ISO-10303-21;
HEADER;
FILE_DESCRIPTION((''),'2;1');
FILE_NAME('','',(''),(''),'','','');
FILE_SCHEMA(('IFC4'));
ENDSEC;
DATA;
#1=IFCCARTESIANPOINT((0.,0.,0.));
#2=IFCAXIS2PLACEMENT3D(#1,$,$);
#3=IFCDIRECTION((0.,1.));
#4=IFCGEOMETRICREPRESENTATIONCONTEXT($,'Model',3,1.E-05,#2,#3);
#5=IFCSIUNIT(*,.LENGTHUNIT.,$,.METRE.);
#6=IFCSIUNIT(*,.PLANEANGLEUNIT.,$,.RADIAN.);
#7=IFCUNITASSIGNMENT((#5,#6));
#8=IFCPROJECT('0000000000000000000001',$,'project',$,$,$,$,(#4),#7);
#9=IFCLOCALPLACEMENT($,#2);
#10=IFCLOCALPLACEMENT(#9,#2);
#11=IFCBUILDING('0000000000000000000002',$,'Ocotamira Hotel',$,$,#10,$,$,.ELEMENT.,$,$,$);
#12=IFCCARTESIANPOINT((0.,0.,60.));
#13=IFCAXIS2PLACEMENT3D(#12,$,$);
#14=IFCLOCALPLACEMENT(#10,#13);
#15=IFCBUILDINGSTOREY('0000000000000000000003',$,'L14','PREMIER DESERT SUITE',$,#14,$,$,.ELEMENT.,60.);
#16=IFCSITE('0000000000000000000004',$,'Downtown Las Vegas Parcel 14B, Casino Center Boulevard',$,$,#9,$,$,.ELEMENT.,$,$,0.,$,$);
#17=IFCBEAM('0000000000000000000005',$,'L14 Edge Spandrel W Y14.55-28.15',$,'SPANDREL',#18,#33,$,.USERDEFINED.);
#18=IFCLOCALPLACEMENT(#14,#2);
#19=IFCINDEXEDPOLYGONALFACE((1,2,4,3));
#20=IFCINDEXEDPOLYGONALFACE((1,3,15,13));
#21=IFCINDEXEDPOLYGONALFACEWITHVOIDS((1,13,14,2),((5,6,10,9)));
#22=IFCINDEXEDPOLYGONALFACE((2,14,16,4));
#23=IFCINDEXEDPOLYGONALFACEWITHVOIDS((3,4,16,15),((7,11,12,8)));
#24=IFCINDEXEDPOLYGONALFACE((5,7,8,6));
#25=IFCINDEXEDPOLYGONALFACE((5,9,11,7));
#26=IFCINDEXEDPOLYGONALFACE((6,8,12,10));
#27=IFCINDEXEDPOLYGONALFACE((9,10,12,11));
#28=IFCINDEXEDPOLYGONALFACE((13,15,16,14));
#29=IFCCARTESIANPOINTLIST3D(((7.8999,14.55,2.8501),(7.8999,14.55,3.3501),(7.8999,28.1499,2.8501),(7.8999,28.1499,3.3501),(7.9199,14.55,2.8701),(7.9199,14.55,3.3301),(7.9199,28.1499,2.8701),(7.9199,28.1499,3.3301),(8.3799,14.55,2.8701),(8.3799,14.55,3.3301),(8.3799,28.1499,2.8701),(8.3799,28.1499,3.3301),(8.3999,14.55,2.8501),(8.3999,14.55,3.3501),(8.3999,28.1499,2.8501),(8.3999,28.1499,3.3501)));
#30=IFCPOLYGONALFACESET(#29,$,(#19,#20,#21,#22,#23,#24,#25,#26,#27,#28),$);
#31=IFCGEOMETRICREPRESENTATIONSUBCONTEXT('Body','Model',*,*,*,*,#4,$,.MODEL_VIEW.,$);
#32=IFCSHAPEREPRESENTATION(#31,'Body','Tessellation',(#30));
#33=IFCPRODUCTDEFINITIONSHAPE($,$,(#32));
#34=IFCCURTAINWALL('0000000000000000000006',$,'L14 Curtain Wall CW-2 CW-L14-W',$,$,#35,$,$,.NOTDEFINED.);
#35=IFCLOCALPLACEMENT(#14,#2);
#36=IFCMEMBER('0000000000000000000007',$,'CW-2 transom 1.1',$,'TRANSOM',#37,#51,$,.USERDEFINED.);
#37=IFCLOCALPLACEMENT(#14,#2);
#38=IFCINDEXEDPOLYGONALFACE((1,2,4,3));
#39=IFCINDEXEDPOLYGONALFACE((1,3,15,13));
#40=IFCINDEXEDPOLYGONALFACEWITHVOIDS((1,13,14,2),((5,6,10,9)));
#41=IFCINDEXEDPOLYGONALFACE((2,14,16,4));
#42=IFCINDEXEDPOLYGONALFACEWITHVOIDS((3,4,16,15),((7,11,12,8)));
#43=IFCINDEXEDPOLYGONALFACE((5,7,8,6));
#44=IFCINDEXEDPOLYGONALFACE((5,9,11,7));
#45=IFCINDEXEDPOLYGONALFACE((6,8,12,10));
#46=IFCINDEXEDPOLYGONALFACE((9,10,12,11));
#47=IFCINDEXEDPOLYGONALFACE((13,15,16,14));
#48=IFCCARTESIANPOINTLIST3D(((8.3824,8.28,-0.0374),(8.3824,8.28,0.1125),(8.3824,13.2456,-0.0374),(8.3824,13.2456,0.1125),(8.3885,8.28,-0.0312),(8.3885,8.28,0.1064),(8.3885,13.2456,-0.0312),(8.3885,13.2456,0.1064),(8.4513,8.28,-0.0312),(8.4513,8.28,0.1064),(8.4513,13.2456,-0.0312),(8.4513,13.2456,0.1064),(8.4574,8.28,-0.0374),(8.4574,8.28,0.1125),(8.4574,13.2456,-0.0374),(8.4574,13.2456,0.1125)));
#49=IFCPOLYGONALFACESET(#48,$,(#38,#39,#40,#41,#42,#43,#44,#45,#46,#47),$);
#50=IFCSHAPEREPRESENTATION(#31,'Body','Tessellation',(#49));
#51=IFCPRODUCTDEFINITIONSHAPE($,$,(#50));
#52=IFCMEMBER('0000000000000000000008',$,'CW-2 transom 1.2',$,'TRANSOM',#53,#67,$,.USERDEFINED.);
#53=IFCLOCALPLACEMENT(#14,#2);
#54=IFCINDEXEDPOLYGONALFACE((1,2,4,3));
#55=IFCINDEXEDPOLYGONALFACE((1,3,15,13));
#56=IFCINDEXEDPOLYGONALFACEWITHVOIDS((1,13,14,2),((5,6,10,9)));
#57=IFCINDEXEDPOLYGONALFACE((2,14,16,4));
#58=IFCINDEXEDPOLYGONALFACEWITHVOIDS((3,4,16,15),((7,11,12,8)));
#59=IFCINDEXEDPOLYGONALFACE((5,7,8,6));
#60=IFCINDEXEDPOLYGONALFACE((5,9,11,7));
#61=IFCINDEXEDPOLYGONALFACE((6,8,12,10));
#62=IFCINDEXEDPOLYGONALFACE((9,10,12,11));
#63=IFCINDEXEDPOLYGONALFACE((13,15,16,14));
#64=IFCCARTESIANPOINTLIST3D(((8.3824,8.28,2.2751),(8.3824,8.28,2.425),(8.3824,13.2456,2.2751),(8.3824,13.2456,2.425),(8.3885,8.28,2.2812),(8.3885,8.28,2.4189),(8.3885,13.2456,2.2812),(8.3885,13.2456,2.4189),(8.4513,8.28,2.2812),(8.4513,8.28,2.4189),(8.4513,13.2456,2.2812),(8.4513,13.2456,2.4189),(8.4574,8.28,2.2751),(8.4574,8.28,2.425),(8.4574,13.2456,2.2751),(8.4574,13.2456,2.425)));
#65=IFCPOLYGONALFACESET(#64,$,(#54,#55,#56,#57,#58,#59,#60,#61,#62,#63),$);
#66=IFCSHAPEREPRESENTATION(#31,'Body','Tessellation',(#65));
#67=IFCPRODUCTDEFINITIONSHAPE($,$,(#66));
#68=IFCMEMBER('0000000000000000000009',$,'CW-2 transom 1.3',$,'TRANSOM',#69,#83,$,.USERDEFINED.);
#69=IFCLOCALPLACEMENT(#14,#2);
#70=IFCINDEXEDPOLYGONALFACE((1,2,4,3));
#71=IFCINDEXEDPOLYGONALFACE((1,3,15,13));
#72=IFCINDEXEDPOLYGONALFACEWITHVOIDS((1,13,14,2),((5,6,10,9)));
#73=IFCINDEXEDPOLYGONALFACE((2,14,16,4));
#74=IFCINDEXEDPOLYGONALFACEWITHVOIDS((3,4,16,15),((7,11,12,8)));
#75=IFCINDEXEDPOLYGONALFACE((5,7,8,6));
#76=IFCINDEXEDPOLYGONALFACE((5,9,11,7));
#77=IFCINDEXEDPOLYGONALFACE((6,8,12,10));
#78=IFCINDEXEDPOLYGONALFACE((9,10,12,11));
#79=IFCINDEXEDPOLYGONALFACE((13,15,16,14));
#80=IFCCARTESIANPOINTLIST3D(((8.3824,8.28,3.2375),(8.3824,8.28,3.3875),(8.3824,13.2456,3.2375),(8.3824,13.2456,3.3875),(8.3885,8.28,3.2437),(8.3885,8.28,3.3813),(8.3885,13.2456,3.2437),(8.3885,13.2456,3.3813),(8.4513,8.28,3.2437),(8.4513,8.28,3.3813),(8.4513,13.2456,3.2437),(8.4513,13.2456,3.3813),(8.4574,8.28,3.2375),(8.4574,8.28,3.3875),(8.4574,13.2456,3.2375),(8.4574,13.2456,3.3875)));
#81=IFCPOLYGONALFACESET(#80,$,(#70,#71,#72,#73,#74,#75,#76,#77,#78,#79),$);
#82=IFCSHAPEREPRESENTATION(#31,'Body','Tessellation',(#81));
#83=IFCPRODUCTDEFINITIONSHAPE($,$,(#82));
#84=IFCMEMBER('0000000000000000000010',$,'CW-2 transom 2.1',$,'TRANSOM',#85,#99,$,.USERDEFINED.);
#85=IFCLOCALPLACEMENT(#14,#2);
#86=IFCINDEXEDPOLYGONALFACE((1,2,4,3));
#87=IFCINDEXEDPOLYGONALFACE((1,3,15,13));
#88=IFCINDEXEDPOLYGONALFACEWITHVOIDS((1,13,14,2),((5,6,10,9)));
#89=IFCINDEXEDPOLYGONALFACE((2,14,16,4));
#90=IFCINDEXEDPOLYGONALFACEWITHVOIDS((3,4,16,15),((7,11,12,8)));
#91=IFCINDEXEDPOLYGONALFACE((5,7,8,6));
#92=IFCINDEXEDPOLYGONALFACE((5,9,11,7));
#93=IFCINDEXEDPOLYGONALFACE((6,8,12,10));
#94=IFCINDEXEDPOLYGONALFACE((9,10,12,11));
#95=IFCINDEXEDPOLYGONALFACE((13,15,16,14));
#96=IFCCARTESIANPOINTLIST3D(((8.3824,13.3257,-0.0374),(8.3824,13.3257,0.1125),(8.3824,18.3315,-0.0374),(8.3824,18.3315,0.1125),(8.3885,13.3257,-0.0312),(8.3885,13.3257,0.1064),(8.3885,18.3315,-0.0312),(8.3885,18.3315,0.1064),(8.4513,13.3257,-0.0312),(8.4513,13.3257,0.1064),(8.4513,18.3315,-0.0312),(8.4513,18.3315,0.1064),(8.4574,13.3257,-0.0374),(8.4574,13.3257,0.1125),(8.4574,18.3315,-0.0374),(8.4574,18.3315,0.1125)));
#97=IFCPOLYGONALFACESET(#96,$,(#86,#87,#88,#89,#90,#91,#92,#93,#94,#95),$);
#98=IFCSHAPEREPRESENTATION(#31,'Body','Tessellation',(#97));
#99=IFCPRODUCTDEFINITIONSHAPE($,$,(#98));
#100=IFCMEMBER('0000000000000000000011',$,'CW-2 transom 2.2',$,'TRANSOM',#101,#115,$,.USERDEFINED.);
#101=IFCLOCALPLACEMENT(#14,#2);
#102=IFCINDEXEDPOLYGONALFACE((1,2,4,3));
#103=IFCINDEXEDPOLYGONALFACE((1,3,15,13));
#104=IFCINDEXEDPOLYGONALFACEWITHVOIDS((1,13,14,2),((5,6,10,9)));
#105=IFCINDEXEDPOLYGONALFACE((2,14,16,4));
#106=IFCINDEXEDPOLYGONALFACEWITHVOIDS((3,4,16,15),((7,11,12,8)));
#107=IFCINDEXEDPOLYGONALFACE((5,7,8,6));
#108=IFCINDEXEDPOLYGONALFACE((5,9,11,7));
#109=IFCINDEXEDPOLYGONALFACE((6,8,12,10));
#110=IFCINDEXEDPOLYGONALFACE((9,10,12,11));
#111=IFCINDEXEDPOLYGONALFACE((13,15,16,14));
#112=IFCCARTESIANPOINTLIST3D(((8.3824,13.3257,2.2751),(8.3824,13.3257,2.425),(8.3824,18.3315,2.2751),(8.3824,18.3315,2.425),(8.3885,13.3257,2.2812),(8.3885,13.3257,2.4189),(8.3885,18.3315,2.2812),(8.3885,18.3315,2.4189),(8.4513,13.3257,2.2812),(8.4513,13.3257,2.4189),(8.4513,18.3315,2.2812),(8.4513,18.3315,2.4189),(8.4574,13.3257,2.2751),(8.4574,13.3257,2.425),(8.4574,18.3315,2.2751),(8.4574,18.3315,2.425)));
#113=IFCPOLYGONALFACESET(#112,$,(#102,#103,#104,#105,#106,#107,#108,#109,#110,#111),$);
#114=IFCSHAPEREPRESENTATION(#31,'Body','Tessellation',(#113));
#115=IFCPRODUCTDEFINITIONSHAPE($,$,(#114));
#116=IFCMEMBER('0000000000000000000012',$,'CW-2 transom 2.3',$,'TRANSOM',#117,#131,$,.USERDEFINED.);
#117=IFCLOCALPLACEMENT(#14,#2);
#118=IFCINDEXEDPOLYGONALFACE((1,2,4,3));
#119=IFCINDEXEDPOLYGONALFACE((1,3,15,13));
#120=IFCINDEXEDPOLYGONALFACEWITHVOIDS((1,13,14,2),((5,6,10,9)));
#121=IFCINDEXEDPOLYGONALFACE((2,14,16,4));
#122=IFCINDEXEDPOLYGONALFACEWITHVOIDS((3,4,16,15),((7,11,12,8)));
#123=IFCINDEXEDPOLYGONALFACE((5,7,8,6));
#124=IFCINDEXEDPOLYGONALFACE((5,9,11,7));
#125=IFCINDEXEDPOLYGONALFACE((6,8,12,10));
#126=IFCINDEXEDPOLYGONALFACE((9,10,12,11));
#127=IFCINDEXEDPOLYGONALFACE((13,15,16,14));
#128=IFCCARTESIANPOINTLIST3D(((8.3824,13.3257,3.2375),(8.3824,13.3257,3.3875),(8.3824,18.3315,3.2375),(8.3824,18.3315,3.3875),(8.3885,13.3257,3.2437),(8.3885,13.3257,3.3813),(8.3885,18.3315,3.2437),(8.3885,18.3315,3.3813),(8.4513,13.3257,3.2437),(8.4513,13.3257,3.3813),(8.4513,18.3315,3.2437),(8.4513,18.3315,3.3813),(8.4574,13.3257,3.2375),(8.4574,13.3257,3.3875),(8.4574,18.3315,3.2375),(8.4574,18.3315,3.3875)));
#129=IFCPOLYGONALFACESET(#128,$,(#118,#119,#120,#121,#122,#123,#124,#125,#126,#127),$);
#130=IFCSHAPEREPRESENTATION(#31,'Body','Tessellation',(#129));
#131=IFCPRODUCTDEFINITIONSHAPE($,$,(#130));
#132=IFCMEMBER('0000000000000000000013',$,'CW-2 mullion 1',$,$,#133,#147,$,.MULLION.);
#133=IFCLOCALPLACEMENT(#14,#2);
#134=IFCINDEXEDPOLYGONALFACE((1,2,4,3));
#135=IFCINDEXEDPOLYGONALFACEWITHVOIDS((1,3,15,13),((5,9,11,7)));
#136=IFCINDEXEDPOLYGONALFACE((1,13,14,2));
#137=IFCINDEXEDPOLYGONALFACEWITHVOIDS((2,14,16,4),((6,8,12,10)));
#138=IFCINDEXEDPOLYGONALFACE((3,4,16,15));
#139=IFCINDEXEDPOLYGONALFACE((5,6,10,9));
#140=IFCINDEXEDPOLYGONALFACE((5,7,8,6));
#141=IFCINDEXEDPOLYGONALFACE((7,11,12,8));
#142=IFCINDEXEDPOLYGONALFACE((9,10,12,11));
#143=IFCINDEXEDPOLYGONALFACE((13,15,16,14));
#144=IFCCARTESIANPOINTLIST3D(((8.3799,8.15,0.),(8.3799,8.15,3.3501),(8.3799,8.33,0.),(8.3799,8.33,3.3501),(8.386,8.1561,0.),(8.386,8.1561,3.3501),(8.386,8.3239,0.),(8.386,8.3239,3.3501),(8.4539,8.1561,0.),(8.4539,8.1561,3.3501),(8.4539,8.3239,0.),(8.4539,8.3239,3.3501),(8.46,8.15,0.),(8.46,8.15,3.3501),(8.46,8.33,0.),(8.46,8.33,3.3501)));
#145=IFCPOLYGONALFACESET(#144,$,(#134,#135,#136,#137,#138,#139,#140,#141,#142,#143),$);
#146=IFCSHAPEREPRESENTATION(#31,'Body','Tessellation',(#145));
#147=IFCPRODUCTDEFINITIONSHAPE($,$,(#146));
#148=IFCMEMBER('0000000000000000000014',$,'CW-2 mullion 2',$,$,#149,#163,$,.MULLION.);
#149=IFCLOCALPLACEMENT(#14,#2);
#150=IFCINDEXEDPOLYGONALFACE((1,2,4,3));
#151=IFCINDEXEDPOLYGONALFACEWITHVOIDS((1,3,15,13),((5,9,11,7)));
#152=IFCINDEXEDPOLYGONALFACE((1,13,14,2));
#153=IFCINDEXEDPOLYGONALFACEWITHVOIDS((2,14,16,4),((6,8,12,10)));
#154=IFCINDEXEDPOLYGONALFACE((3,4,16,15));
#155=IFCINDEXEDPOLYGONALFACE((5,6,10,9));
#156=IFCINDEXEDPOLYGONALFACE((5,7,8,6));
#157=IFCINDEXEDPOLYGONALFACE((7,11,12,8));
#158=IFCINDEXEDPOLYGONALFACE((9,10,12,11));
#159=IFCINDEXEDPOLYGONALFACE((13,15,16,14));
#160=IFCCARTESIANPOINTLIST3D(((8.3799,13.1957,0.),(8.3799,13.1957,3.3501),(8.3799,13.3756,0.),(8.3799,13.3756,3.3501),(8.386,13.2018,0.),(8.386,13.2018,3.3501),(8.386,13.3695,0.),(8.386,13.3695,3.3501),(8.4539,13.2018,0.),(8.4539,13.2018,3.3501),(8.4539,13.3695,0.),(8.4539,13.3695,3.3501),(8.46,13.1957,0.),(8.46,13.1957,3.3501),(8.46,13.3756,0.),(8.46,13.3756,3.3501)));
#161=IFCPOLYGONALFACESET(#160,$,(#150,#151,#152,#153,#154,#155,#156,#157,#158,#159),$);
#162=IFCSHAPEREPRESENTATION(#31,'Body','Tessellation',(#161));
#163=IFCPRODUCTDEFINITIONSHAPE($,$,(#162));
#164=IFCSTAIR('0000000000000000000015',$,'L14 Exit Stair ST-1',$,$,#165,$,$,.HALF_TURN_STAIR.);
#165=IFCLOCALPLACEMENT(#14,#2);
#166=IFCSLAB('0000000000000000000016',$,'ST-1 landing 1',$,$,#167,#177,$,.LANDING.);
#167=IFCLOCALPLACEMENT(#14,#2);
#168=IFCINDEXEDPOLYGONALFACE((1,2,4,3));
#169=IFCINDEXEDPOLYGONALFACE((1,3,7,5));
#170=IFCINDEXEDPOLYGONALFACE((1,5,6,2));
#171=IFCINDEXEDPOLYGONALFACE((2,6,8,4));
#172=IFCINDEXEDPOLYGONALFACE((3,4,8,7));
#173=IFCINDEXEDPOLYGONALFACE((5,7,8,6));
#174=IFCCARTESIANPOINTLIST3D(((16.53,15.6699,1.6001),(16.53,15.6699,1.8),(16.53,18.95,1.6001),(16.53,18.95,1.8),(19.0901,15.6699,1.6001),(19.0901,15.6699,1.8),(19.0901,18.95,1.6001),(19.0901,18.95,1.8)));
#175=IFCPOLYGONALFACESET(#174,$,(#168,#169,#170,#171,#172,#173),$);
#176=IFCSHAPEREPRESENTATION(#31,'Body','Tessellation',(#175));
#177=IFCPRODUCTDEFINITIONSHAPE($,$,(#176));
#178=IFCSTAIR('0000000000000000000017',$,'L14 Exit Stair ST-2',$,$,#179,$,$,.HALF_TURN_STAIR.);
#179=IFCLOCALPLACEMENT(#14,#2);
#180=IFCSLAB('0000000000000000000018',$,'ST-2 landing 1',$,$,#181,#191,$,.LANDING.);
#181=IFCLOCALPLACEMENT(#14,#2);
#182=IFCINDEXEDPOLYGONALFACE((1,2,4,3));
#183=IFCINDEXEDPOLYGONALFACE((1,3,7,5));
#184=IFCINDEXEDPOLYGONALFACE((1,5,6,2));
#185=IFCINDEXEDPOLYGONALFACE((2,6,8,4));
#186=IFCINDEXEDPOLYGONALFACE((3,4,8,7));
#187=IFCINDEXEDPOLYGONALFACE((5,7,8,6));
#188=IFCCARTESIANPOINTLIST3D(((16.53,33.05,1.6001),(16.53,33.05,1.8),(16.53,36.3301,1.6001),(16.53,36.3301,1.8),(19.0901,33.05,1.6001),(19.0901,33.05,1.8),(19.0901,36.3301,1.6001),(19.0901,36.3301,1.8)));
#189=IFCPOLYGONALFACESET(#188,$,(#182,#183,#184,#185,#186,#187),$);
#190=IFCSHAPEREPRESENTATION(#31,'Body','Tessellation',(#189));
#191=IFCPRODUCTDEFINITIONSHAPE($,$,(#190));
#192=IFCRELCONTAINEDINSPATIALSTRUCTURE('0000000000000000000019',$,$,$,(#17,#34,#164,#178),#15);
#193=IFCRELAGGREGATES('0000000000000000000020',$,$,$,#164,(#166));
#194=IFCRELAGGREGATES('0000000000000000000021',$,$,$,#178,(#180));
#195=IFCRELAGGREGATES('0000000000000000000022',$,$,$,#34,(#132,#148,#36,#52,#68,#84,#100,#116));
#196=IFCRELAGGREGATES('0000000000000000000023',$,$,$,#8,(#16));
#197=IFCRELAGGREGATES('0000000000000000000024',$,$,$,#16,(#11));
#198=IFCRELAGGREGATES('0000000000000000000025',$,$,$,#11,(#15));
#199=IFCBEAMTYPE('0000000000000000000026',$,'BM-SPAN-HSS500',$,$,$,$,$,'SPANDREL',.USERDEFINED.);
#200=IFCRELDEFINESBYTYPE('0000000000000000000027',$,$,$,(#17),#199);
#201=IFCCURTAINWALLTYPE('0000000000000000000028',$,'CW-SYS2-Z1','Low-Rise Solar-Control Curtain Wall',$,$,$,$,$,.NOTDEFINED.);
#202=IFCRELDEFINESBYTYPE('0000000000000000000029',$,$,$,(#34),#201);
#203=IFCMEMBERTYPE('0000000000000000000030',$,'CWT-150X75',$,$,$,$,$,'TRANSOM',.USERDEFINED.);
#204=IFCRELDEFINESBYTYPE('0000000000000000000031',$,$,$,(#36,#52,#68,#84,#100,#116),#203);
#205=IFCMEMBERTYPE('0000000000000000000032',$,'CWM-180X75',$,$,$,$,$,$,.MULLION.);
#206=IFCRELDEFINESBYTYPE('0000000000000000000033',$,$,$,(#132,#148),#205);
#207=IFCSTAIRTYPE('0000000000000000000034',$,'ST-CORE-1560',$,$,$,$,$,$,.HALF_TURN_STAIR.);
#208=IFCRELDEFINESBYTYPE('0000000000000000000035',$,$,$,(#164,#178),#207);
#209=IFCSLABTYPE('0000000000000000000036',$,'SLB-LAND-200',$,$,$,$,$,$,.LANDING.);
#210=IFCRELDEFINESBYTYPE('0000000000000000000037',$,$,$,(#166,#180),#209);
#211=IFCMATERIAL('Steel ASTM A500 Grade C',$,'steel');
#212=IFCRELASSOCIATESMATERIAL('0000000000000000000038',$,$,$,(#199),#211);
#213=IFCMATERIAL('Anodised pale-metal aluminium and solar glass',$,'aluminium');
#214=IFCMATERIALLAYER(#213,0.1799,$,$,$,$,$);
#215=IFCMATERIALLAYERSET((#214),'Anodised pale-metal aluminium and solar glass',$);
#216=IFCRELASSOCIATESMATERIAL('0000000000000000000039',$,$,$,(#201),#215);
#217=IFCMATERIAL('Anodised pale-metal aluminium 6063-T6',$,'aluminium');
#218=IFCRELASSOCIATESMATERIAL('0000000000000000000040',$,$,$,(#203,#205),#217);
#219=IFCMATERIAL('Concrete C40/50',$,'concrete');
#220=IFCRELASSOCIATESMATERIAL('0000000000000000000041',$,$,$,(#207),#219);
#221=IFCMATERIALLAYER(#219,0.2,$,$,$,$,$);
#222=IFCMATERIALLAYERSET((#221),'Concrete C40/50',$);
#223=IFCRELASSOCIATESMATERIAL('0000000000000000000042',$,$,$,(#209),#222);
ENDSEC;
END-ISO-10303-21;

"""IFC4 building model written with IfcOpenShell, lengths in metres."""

from ifc_helpers import new_model, si_unit, direction, frame, origin, origin_2d, place, context, subcontext, project, spatial, polyline, hollow_rectangle, outline, extrude, source, transform, mapped, material, layer, layer_set, material_profile, profile_set, type_object, element, aggregate, save


model = new_model("IFC4")

# Units and contexts
model_context = context("Model", 3, precision=1e-05, world=origin(), true_north=direction((0.0, 1.0)))
body_context = subcontext(model_context, "Body", "Model", "MODEL_VIEW")
ifc_project = project(units=[si_unit("LENGTHUNIT", "METRE"), si_unit("PLANEANGLEUNIT", "RADIAN")], contexts=[model_context])

# Site, building, storey
site_placement = place(None, origin())
site = spatial("IfcSite", under=ifc_project, at=site_placement, Name="Downtown Las Vegas Parcel 14B, Casino Center Boulevard", CompositionType="ELEMENT", RefElevation=0.0)
building_placement = place(site_placement, origin())
building = spatial("IfcBuilding", under=site, at=building_placement, Name="Ocotamira Hotel", CompositionType="ELEMENT")
storey_placement = place(building_placement, frame((0.0, 0.0, 60.0)))
storey = spatial("IfcBuildingStorey", under=building, at=storey_placement, Name="L14", Description="PREMIER DESERT SUITE", CompositionType="ELEMENT", Elevation=60.0)

# Beam
ifc_material_1 = material(Name="Steel ASTM A500 Grade C", Category="steel")
ifc_material_profile_1 = material_profile(ifc_material_1, hollow_rectangle(XDim=0.5, YDim=0.5, WallThickness=0.02, at=origin_2d()), Name="HSS500X500X20")
ifc_profile_set_1 = profile_set([ifc_material_profile_1], Name="Steel ASTM A500 Grade C")
beam_type = type_object("IfcBeamType", Name="BM-SPAN-HSS500", ElementType="SPANDREL", PredefinedType="USERDEFINED", material=ifc_profile_set_1)
shared_shape_1 = source(origin(), body_context, "Body", "SweptSolid", [
    extrude(hollow_rectangle(XDim=0.5, YDim=0.5, WallThickness=0.02, at=origin_2d()), origin(), (0.0, 0.0, 1.0), 13.5999),
])
beam_placement = place(storey_placement, frame((8.1499, 14.55, 3.1001), z_axis=(0.0, 1.0, 0.0), x_axis=(-1.0, 0.0, 0.0)))
element("IfcBeam", 1, at=beam_placement, inside=storey, type_object=beam_type, Name="L14 Edge Spandrel W Y14.55-28.15", ObjectType="SPANDREL", PredefinedType="USERDEFINED", context=body_context, shape_type="MappedRepresentation", body=[
    mapped(shared_shape_1, transform((0.0, 0.0, 0.0), scale=1.0)),
])

# Curtain wall, members
ifc_material_2 = material(Name="Anodised pale-metal aluminium and solar glass", Category="aluminium")
ifc_layer_1 = layer(ifc_material_2, 0.1799)
ifc_layer_set_1 = layer_set([ifc_layer_1], Name="Anodised pale-metal aluminium and solar glass")
curtain_wall_type = type_object("IfcCurtainWallType", Name="CW-SYS2-Z1", Description="Low-Rise Solar-Control Curtain Wall", PredefinedType="NOTDEFINED", material=ifc_layer_set_1)
curtain_wall_placement = place(storey_placement, origin())
curtain_wall = element("IfcCurtainWall", 2, at=curtain_wall_placement, inside=storey, type_object=curtain_wall_type, Name="L14 Curtain Wall CW-2 CW-L14-W", PredefinedType="NOTDEFINED")
ifc_material_3 = material(Name="Anodised pale-metal aluminium 6063-T6", Category="aluminium")
ifc_material_profile_2 = material_profile(ifc_material_3, hollow_rectangle(XDim=0.075, YDim=0.1499, WallThickness=0.0061, at=origin_2d()), Name="HSS150X75X6")
ifc_profile_set_2 = profile_set([ifc_material_profile_2], Name="Anodised pale-metal aluminium 6063-T6")
member_type_1 = type_object("IfcMemberType", Name="CWT-150X75", ElementType="TRANSOM", PredefinedType="USERDEFINED", material=ifc_profile_set_2)
shared_shape_2 = source(origin(), body_context, "Body", "SweptSolid", [
    extrude(hollow_rectangle(XDim=0.075, YDim=0.1499, WallThickness=0.0061, at=origin_2d()), origin(), (0.0, 0.0, 1.0), 4.9656),
])
member_1_placement = place(storey_placement, frame((8.4199, 8.28, 0.0376), z_axis=(0.0, 1.0, 0.0), x_axis=(-1.0, 0.0, 0.0)))
member_1 = element("IfcMember", 3, at=member_1_placement, type_object=member_type_1, Name="CW-2 transom 1.1", ObjectType="TRANSOM", PredefinedType="USERDEFINED", context=body_context, shape_type="MappedRepresentation", body=[
    mapped(shared_shape_2, transform((0.0, 0.0, 0.0), scale=1.0)),
])
member_2_placement = place(storey_placement, frame((8.4199, 8.28, 2.3501), z_axis=(0.0, 1.0, 0.0), x_axis=(-1.0, 0.0, 0.0)))
member_2 = element("IfcMember", 4, at=member_2_placement, type_object=member_type_1, Name="CW-2 transom 1.2", ObjectType="TRANSOM", PredefinedType="USERDEFINED", context=body_context, shape_type="MappedRepresentation", body=[
    mapped(shared_shape_2, transform((0.0, 0.0, 0.0), scale=1.0)),
])
member_3_placement = place(storey_placement, frame((8.4199, 8.28, 3.3125), z_axis=(0.0, 1.0, 0.0), x_axis=(-1.0, 0.0, 0.0)))
member_3 = element("IfcMember", 5, at=member_3_placement, type_object=member_type_1, Name="CW-2 transom 1.3", ObjectType="TRANSOM", PredefinedType="USERDEFINED", context=body_context, shape_type="MappedRepresentation", body=[
    mapped(shared_shape_2, transform((0.0, 0.0, 0.0), scale=1.0)),
])
shared_shape_3 = source(origin(), body_context, "Body", "SweptSolid", [
    extrude(hollow_rectangle(XDim=0.075, YDim=0.1499, WallThickness=0.0061, at=origin_2d()), origin(), (0.0, 0.0, 1.0), 5.0059),
])
member_4_placement = place(storey_placement, frame((8.4199, 13.3257, 0.0376), z_axis=(0.0, 1.0, 0.0), x_axis=(-1.0, 0.0, 0.0)))
member_4 = element("IfcMember", 6, at=member_4_placement, type_object=member_type_1, Name="CW-2 transom 2.1", ObjectType="TRANSOM", PredefinedType="USERDEFINED", context=body_context, shape_type="MappedRepresentation", body=[
    mapped(shared_shape_3, transform((0.0, 0.0, 0.0), scale=1.0)),
])
member_5_placement = place(storey_placement, frame((8.4199, 13.3257, 2.3501), z_axis=(0.0, 1.0, 0.0), x_axis=(-1.0, 0.0, 0.0)))
member_5 = element("IfcMember", 7, at=member_5_placement, type_object=member_type_1, Name="CW-2 transom 2.2", ObjectType="TRANSOM", PredefinedType="USERDEFINED", context=body_context, shape_type="MappedRepresentation", body=[
    mapped(shared_shape_3, transform((0.0, 0.0, 0.0), scale=1.0)),
])
member_6_placement = place(storey_placement, frame((8.4199, 13.3257, 3.3125), z_axis=(0.0, 1.0, 0.0), x_axis=(-1.0, 0.0, 0.0)))
member_6 = element("IfcMember", 8, at=member_6_placement, type_object=member_type_1, Name="CW-2 transom 2.3", ObjectType="TRANSOM", PredefinedType="USERDEFINED", context=body_context, shape_type="MappedRepresentation", body=[
    mapped(shared_shape_3, transform((0.0, 0.0, 0.0), scale=1.0)),
])
ifc_material_profile_3 = material_profile(ifc_material_3, hollow_rectangle(XDim=0.0801, YDim=0.1799, WallThickness=0.0061, at=origin_2d()), Name="HSS180X80X6")
ifc_profile_set_3 = profile_set([ifc_material_profile_3], Name="Anodised pale-metal aluminium 6063-T6")
member_type_2 = type_object("IfcMemberType", Name="CWM-180X75", PredefinedType="MULLION", material=ifc_profile_set_3)
shared_shape_4 = source(origin(), body_context, "Body", "SweptSolid", [
    extrude(hollow_rectangle(XDim=0.0801, YDim=0.1799, WallThickness=0.0061, at=origin_2d()), origin(), (0.0, 0.0, 1.0), 3.3501),
])
member_7_placement = place(storey_placement, frame((8.4199, 8.24, 0.0), z_axis=(0.0, 0.0, 1.0), x_axis=(-1.0, 0.0, 0.0)))
member_7 = element("IfcMember", 9, at=member_7_placement, type_object=member_type_2, Name="CW-2 mullion 1", PredefinedType="MULLION", context=body_context, shape_type="MappedRepresentation", body=[
    mapped(shared_shape_4, transform((0.0, 0.0, 0.0), scale=1.0)),
])
member_8_placement = place(storey_placement, frame((8.4199, 13.2856, 0.0), z_axis=(0.0, 0.0, 1.0), x_axis=(-1.0, 0.0, 0.0)))
member_8 = element("IfcMember", 10, at=member_8_placement, type_object=member_type_2, Name="CW-2 mullion 2", PredefinedType="MULLION", context=body_context, shape_type="MappedRepresentation", body=[
    mapped(shared_shape_4, transform((0.0, 0.0, 0.0), scale=1.0)),
])

# Stairs, slabs
ifc_material_4 = material(Name="Concrete C40/50", Category="concrete")
stair_type = type_object("IfcStairType", Name="ST-CORE-1560", PredefinedType="HALF_TURN_STAIR", material=ifc_material_4)
stair_1_placement = place(storey_placement, origin())
stair_1 = element("IfcStair", 11, at=stair_1_placement, inside=storey, type_object=stair_type, Name="L14 Exit Stair ST-1", PredefinedType="HALF_TURN_STAIR")
ifc_layer_2 = layer(ifc_material_4, 0.2)
ifc_layer_set_2 = layer_set([ifc_layer_2], Name="Concrete C40/50")
slab_type_1 = type_object("IfcSlabType", Name="SLB-LAND-200", PredefinedType="LANDING", material=ifc_layer_set_2)
slab_1_placement = place(storey_placement, frame((0.0, 0.0, 1.6001)))
slab_1 = element("IfcSlab", 12, at=slab_1_placement, type_object=slab_type_1, Name="ST-1 landing 1", PredefinedType="LANDING", context=body_context, shape_type="SweptSolid", body=[
    extrude(outline(polyline([(16.53, 15.6699), (19.0901, 15.6699), (19.0901, 18.95), (16.53, 18.95), (16.53, 15.6699)])), origin(), (0.0, 0.0, 1.0), 0.2),
])
aggregate(stair_1, [slab_1])
stair_2_placement = place(storey_placement, origin())
stair_2 = element("IfcStair", 13, at=stair_2_placement, inside=storey, type_object=stair_type, Name="L14 Exit Stair ST-2", PredefinedType="HALF_TURN_STAIR")
slab_2_placement = place(storey_placement, frame((0.0, 0.0, 1.6001)))
slab_2 = element("IfcSlab", 14, at=slab_2_placement, type_object=slab_type_1, Name="ST-2 landing 1", PredefinedType="LANDING", context=body_context, shape_type="SweptSolid", body=[
    extrude(outline(polyline([(16.53, 33.05), (19.0901, 33.05), (19.0901, 36.3301), (16.53, 36.3301), (16.53, 33.05)])), origin(), (0.0, 0.0, 1.0), 0.2),
])
aggregate(stair_2, [slab_2])

aggregate(curtain_wall, [member_7, member_8, member_1, member_2, member_3, member_4, member_5, member_6])

save(model, "model.ifc")
